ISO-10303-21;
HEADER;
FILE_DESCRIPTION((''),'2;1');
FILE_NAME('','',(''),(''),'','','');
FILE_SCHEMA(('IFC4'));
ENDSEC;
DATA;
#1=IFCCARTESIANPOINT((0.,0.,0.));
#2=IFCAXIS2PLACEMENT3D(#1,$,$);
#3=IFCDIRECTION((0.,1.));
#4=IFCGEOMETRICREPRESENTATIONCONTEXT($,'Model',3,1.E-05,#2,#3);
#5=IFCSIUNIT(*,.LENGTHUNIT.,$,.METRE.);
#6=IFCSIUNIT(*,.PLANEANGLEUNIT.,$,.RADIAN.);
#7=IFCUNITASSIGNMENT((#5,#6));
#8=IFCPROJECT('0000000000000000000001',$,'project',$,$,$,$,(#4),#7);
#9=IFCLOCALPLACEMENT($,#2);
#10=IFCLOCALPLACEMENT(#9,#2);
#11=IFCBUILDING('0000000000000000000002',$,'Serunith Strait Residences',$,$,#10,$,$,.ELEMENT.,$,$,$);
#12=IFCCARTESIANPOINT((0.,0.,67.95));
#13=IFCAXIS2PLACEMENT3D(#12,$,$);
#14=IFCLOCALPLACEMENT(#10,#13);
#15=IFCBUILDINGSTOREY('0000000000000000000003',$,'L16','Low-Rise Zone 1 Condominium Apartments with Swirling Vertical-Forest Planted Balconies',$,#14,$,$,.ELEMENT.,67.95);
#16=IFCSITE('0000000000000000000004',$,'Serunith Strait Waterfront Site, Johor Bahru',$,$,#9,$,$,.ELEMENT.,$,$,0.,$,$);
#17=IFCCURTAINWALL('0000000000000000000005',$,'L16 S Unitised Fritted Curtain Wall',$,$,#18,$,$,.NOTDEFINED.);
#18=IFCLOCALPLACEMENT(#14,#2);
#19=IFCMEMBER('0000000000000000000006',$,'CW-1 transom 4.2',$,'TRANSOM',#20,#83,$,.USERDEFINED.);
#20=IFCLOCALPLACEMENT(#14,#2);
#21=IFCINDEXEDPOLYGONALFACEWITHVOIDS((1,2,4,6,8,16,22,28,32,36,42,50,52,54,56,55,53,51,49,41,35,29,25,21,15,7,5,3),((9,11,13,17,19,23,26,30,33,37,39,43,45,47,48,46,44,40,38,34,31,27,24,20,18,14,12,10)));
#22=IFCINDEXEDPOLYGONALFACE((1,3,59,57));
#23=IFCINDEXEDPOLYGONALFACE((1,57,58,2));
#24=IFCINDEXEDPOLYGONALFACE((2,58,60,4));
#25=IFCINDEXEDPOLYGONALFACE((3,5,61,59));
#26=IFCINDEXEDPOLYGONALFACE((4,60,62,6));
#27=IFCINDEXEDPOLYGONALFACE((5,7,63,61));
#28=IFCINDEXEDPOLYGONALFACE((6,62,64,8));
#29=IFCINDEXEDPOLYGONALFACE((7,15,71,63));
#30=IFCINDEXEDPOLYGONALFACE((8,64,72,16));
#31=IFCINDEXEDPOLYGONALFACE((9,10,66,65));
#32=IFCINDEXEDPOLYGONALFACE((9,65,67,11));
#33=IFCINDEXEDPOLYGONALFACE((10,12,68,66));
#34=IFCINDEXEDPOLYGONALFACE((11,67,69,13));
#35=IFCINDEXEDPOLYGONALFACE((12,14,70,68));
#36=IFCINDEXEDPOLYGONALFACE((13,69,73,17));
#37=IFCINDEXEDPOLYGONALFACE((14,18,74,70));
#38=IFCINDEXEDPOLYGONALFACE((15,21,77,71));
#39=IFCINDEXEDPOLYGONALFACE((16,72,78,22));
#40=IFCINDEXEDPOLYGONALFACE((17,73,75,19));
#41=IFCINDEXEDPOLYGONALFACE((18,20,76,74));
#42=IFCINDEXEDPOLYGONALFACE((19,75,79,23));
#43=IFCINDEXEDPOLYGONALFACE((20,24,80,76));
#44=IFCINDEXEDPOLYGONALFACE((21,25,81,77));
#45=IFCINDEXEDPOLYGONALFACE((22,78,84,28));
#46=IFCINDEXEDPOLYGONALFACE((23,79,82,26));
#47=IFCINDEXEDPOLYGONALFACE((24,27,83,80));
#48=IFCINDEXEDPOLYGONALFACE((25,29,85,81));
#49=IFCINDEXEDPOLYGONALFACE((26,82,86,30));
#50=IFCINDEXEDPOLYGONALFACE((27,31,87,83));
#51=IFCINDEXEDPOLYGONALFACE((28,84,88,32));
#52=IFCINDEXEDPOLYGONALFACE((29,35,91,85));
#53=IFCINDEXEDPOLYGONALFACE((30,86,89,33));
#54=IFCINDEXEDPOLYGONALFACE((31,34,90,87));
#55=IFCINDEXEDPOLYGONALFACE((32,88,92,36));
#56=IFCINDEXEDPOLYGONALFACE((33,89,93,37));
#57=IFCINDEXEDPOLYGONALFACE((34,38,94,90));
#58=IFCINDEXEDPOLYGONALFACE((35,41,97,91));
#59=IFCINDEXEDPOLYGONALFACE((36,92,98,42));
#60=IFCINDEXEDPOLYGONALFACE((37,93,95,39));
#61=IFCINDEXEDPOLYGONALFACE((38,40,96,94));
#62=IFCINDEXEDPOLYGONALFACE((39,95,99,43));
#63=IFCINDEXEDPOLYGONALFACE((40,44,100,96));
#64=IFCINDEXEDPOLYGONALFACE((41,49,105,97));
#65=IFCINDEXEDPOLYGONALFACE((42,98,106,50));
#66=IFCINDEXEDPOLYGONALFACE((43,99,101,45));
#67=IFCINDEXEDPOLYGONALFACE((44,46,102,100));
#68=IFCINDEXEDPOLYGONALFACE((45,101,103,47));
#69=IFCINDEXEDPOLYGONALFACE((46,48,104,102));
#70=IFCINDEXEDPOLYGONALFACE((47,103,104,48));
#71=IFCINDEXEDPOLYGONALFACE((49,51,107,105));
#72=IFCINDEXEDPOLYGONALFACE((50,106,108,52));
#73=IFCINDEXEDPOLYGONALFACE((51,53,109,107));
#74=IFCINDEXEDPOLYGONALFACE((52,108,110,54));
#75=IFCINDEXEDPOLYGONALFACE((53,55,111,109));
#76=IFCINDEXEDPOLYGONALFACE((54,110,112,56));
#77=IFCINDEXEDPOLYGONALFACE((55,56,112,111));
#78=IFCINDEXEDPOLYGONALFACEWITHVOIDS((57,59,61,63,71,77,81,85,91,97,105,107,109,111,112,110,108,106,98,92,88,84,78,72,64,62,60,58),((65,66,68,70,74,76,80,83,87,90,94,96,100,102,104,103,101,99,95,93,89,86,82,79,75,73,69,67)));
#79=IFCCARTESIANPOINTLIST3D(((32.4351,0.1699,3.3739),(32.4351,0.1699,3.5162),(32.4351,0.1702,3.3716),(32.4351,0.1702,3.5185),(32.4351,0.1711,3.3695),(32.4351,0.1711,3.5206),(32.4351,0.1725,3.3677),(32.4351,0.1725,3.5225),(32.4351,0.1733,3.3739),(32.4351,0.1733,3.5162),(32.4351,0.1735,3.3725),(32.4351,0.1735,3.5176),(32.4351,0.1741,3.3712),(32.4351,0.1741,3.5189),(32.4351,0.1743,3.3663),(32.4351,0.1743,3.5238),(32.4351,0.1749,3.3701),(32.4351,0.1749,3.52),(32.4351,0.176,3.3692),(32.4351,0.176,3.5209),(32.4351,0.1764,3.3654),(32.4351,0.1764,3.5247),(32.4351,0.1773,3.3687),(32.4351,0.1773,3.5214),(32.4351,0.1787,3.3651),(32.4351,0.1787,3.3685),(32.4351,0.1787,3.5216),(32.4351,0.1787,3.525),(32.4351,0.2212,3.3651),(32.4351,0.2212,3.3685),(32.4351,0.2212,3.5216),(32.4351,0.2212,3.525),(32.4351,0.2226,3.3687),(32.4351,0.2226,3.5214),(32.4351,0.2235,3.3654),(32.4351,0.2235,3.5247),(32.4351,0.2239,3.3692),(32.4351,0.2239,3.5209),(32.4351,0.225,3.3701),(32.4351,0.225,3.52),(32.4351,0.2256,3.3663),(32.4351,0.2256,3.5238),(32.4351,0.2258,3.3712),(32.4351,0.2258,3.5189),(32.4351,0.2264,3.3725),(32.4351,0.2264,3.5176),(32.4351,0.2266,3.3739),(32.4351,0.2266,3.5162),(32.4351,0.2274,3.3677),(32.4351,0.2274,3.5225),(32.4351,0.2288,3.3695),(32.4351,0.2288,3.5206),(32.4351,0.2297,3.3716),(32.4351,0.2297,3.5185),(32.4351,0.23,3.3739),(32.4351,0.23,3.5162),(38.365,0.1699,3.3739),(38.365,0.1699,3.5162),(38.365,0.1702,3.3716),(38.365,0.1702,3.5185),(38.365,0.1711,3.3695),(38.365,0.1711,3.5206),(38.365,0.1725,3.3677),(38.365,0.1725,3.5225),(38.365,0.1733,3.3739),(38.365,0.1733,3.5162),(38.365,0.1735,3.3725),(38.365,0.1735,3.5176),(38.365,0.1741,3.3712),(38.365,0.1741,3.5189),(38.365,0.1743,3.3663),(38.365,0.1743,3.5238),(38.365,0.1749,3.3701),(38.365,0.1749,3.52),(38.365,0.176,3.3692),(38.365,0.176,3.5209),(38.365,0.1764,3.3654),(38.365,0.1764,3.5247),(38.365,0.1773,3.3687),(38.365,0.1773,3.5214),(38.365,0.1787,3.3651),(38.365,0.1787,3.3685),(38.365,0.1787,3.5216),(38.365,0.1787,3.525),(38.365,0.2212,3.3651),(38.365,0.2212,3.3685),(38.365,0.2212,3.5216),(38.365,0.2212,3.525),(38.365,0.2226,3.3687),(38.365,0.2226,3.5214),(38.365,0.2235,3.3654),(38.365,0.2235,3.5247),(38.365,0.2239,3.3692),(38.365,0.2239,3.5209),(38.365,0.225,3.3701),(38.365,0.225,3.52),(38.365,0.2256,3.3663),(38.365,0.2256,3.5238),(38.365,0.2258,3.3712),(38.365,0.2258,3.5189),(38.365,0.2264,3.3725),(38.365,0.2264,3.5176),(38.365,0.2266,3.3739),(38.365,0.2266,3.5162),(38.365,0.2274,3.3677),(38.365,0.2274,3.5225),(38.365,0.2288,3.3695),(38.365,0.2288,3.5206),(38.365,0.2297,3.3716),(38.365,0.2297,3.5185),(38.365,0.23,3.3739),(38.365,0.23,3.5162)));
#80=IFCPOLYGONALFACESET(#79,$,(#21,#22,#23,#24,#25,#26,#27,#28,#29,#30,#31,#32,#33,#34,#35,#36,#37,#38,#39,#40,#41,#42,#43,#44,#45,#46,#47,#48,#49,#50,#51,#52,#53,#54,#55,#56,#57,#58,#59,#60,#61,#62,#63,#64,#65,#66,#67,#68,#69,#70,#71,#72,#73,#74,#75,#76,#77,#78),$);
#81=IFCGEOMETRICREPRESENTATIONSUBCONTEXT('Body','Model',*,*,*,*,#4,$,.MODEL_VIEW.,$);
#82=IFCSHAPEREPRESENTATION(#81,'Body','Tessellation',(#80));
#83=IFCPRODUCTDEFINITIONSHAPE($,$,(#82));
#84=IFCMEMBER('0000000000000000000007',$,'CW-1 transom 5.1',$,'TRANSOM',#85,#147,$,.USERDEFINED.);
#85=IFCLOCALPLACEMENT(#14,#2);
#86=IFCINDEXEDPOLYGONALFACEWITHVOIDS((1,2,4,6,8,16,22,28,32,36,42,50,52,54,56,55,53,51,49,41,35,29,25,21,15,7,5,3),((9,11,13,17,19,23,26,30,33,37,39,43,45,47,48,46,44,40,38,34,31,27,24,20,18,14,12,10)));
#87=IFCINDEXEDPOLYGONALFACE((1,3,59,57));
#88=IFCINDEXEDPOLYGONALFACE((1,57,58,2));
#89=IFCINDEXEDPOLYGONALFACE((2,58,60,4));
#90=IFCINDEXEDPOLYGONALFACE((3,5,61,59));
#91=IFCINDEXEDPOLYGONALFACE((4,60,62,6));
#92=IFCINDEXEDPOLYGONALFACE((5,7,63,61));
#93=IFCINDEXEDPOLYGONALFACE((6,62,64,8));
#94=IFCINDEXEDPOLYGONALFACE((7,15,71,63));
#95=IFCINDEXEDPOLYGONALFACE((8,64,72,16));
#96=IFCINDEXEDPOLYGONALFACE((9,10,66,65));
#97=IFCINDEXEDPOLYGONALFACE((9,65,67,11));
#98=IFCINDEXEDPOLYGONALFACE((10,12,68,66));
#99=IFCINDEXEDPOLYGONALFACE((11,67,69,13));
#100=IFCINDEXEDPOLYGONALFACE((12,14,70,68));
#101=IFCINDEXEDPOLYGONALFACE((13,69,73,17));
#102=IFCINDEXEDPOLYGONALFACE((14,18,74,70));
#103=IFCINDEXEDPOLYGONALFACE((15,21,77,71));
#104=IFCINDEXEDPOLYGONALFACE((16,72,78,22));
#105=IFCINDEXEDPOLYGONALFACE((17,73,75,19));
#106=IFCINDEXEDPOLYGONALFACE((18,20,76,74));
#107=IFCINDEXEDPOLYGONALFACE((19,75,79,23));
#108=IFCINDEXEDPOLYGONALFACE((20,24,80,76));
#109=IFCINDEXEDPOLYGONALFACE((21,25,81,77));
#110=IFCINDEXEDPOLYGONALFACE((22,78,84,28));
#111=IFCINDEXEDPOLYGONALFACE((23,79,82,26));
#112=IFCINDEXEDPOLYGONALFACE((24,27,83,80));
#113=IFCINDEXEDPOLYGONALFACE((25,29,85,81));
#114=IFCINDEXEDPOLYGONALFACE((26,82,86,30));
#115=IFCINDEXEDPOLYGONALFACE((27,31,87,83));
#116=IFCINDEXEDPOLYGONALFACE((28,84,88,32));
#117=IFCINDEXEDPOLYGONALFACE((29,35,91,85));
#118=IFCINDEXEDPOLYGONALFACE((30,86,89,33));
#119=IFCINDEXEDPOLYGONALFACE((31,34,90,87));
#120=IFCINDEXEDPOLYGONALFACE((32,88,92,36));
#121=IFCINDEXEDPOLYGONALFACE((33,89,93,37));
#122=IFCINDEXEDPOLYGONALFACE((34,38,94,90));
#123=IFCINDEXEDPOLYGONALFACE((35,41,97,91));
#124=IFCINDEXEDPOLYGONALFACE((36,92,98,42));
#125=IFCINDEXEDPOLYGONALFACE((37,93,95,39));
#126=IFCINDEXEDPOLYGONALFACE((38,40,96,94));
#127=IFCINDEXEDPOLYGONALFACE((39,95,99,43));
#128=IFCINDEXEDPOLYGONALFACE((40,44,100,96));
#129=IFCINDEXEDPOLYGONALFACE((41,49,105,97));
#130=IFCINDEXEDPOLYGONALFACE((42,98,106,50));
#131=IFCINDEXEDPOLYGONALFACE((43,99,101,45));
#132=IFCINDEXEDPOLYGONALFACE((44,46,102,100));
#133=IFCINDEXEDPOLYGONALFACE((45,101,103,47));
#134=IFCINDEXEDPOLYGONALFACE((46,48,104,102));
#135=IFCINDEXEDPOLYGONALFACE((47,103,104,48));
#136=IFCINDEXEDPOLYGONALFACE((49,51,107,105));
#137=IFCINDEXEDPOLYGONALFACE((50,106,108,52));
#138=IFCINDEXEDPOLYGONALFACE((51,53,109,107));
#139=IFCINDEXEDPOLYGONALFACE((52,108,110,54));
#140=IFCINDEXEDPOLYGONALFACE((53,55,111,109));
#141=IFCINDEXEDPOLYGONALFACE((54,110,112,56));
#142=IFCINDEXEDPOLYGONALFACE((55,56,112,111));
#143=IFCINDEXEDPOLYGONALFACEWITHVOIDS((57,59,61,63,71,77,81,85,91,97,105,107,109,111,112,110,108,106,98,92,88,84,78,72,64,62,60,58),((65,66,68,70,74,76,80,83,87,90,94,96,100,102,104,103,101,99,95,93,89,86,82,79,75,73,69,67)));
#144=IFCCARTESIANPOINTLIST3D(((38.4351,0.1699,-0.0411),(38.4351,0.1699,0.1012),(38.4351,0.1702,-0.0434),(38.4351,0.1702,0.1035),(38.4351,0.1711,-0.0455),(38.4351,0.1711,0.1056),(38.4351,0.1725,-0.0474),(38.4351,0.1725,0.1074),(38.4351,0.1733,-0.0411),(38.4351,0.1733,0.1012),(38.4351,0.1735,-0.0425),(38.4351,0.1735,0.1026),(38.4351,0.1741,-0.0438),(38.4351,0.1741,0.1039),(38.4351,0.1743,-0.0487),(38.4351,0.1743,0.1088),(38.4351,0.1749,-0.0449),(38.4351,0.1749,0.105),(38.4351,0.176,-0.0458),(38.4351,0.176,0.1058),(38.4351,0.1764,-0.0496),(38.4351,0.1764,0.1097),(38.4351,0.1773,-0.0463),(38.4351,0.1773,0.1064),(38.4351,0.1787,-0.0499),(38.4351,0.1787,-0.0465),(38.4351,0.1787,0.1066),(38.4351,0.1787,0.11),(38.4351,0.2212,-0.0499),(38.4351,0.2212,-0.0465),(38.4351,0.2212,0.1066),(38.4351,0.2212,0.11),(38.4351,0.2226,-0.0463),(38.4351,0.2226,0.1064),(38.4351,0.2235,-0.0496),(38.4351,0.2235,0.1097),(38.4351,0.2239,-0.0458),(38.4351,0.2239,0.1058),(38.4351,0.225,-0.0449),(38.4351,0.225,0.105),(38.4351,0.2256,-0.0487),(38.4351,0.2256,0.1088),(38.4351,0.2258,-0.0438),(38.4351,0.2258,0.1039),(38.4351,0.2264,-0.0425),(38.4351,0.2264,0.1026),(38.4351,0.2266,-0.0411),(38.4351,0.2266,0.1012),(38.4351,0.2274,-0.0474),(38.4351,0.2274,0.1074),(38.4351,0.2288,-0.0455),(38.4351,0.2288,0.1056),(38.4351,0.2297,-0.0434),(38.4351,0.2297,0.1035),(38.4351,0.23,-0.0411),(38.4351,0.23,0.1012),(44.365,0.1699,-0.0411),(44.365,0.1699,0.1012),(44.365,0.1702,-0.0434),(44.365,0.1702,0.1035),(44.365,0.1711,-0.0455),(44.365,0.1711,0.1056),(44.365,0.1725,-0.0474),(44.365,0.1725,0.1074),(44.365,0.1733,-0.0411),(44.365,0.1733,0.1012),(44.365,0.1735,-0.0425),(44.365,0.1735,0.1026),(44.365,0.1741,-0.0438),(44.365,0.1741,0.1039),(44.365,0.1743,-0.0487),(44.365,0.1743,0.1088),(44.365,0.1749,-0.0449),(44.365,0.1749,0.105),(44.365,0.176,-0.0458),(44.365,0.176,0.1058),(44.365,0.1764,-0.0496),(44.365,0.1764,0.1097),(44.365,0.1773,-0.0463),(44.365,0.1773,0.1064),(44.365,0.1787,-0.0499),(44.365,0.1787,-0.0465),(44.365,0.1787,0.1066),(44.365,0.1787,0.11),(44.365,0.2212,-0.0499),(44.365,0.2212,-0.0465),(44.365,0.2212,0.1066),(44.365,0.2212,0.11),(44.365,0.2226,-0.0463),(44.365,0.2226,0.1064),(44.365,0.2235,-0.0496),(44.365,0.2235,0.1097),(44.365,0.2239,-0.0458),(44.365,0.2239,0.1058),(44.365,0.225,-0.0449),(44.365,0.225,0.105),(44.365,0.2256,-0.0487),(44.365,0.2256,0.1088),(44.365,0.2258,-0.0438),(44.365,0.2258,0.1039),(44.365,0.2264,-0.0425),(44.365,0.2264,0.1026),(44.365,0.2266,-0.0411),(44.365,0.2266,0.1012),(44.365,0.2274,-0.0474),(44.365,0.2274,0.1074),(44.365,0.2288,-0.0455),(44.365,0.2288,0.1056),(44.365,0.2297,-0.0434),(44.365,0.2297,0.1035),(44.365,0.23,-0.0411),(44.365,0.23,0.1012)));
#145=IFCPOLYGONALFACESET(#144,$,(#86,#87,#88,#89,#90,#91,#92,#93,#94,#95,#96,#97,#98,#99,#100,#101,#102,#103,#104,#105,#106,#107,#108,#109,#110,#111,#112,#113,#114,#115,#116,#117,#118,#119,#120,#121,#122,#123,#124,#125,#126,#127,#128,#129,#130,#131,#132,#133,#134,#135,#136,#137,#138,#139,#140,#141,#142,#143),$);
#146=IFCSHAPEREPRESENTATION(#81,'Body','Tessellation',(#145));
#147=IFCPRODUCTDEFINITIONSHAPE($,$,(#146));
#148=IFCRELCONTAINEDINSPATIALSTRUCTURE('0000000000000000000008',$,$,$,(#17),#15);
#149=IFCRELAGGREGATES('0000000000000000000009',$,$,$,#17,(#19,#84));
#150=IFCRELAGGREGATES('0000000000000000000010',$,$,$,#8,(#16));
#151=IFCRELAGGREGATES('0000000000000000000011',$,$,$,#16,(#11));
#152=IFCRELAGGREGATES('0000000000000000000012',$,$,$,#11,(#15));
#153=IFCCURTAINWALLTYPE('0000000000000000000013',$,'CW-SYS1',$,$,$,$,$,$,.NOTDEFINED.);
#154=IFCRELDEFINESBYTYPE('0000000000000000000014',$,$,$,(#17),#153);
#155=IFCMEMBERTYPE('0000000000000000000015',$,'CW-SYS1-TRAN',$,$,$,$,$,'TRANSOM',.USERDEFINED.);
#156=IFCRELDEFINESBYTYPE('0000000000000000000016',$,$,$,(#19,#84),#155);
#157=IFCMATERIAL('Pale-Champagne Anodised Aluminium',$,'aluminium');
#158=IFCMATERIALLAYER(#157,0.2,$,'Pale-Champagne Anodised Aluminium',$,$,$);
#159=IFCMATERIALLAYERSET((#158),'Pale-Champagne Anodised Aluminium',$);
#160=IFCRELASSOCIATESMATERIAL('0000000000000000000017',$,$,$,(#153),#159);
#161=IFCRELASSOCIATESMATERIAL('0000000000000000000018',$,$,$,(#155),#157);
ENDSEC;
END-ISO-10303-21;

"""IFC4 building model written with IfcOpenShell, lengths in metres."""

from ifc_helpers import new_model, si_unit, direction, frame, origin, origin_2d, place, context, subcontext, project, spatial, hollow_rectangle, extrude, source, transform, mapped, material, layer, layer_set, material_profile, profile_set, type_object, element, aggregate, save


model = new_model("IFC4")

# Units and contexts
model_context = context("Model", 3, precision=1e-05, world=origin(), true_north=direction((0.0, 1.0)))
body_context = subcontext(model_context, "Body", "Model", "MODEL_VIEW")
ifc_project = project(units=[si_unit("LENGTHUNIT", "METRE"), si_unit("PLANEANGLEUNIT", "RADIAN")], contexts=[model_context])

# Site, building, storey
site_placement = place(None, origin())
site = spatial("IfcSite", under=ifc_project, at=site_placement, Name="Serunith Strait Waterfront Site, Johor Bahru", CompositionType="ELEMENT", RefElevation=0.0)
building_placement = place(site_placement, origin())
building = spatial("IfcBuilding", under=site, at=building_placement, Name="Serunith Strait Residences", CompositionType="ELEMENT")
storey_placement = place(building_placement, frame((0.0, 0.0, 67.95)))
storey = spatial("IfcBuildingStorey", under=building, at=storey_placement, Name="L16", Description="Low-Rise Zone 1 Condominium Apartments with Swirling Vertical-Forest Planted Balconies", CompositionType="ELEMENT", Elevation=67.95)

# Curtain wall, members
ifc_material_1 = material(Name="Pale-Champagne Anodised Aluminium", Category="aluminium")
ifc_layer_1 = layer(ifc_material_1, 0.2, Name="Pale-Champagne Anodised Aluminium")
ifc_layer_set_1 = layer_set([ifc_layer_1], Name="Pale-Champagne Anodised Aluminium")
curtain_wall_type = type_object("IfcCurtainWallType", Name="CW-SYS1", PredefinedType="NOTDEFINED", material=ifc_layer_set_1)
curtain_wall_placement = place(storey_placement, origin())
curtain_wall = element("IfcCurtainWall", 1, at=curtain_wall_placement, inside=storey, type_object=curtain_wall_type, Name="L16 S Unitised Fritted Curtain Wall", PredefinedType="NOTDEFINED")
ifc_material_profile_1 = material_profile(ifc_material_1, hollow_rectangle(XDim=0.0601, YDim=0.1599, WallThickness=0.0034, InnerFilletRadius=0.0054, OuterFilletRadius=0.0088, at=origin_2d()), Name="ALU 160x60x3.5")
ifc_profile_set_1 = profile_set([ifc_material_profile_1], Name="Pale-Champagne Anodised Aluminium")
member_type_1 = type_object("IfcMemberType", Name="CW-SYS1-TRAN", ElementType="TRANSOM", PredefinedType="USERDEFINED", material=ifc_profile_set_1)
shared_shape_1 = source(origin(), body_context, "Body", "SweptSolid", [
    extrude(hollow_rectangle(XDim=0.0601, YDim=0.1599, WallThickness=0.0034, InnerFilletRadius=0.0054, OuterFilletRadius=0.0088, at=origin_2d()), origin(), (0.0, 0.0, 1.0), 5.9299),
])
member_1_placement = place(storey_placement, frame((32.4351, 0.2, 3.4451), z_axis=(1.0, 0.0, 0.0), x_axis=(0.0, 1.0, 0.0)))
member_1 = element("IfcMember", 2, at=member_1_placement, type_object=member_type_1, Name="CW-1 transom 4.2", ObjectType="TRANSOM", PredefinedType="USERDEFINED", context=body_context, shape_type="MappedRepresentation", body=[
    mapped(shared_shape_1, transform((0.0, 0.0, 0.0), scale=1.0)),
])
member_2_placement = place(storey_placement, frame((38.4351, 0.2, 0.03), z_axis=(1.0, 0.0, 0.0), x_axis=(0.0, 1.0, 0.0)))
member_2 = element("IfcMember", 3, at=member_2_placement, type_object=member_type_1, Name="CW-1 transom 5.1", ObjectType="TRANSOM", PredefinedType="USERDEFINED", context=body_context, shape_type="MappedRepresentation", body=[
    mapped(shared_shape_1, transform((0.0, 0.0, 0.0), scale=1.0)),
])
aggregate(curtain_wall, [member_1, member_2])

save(model, "model.ifc")
